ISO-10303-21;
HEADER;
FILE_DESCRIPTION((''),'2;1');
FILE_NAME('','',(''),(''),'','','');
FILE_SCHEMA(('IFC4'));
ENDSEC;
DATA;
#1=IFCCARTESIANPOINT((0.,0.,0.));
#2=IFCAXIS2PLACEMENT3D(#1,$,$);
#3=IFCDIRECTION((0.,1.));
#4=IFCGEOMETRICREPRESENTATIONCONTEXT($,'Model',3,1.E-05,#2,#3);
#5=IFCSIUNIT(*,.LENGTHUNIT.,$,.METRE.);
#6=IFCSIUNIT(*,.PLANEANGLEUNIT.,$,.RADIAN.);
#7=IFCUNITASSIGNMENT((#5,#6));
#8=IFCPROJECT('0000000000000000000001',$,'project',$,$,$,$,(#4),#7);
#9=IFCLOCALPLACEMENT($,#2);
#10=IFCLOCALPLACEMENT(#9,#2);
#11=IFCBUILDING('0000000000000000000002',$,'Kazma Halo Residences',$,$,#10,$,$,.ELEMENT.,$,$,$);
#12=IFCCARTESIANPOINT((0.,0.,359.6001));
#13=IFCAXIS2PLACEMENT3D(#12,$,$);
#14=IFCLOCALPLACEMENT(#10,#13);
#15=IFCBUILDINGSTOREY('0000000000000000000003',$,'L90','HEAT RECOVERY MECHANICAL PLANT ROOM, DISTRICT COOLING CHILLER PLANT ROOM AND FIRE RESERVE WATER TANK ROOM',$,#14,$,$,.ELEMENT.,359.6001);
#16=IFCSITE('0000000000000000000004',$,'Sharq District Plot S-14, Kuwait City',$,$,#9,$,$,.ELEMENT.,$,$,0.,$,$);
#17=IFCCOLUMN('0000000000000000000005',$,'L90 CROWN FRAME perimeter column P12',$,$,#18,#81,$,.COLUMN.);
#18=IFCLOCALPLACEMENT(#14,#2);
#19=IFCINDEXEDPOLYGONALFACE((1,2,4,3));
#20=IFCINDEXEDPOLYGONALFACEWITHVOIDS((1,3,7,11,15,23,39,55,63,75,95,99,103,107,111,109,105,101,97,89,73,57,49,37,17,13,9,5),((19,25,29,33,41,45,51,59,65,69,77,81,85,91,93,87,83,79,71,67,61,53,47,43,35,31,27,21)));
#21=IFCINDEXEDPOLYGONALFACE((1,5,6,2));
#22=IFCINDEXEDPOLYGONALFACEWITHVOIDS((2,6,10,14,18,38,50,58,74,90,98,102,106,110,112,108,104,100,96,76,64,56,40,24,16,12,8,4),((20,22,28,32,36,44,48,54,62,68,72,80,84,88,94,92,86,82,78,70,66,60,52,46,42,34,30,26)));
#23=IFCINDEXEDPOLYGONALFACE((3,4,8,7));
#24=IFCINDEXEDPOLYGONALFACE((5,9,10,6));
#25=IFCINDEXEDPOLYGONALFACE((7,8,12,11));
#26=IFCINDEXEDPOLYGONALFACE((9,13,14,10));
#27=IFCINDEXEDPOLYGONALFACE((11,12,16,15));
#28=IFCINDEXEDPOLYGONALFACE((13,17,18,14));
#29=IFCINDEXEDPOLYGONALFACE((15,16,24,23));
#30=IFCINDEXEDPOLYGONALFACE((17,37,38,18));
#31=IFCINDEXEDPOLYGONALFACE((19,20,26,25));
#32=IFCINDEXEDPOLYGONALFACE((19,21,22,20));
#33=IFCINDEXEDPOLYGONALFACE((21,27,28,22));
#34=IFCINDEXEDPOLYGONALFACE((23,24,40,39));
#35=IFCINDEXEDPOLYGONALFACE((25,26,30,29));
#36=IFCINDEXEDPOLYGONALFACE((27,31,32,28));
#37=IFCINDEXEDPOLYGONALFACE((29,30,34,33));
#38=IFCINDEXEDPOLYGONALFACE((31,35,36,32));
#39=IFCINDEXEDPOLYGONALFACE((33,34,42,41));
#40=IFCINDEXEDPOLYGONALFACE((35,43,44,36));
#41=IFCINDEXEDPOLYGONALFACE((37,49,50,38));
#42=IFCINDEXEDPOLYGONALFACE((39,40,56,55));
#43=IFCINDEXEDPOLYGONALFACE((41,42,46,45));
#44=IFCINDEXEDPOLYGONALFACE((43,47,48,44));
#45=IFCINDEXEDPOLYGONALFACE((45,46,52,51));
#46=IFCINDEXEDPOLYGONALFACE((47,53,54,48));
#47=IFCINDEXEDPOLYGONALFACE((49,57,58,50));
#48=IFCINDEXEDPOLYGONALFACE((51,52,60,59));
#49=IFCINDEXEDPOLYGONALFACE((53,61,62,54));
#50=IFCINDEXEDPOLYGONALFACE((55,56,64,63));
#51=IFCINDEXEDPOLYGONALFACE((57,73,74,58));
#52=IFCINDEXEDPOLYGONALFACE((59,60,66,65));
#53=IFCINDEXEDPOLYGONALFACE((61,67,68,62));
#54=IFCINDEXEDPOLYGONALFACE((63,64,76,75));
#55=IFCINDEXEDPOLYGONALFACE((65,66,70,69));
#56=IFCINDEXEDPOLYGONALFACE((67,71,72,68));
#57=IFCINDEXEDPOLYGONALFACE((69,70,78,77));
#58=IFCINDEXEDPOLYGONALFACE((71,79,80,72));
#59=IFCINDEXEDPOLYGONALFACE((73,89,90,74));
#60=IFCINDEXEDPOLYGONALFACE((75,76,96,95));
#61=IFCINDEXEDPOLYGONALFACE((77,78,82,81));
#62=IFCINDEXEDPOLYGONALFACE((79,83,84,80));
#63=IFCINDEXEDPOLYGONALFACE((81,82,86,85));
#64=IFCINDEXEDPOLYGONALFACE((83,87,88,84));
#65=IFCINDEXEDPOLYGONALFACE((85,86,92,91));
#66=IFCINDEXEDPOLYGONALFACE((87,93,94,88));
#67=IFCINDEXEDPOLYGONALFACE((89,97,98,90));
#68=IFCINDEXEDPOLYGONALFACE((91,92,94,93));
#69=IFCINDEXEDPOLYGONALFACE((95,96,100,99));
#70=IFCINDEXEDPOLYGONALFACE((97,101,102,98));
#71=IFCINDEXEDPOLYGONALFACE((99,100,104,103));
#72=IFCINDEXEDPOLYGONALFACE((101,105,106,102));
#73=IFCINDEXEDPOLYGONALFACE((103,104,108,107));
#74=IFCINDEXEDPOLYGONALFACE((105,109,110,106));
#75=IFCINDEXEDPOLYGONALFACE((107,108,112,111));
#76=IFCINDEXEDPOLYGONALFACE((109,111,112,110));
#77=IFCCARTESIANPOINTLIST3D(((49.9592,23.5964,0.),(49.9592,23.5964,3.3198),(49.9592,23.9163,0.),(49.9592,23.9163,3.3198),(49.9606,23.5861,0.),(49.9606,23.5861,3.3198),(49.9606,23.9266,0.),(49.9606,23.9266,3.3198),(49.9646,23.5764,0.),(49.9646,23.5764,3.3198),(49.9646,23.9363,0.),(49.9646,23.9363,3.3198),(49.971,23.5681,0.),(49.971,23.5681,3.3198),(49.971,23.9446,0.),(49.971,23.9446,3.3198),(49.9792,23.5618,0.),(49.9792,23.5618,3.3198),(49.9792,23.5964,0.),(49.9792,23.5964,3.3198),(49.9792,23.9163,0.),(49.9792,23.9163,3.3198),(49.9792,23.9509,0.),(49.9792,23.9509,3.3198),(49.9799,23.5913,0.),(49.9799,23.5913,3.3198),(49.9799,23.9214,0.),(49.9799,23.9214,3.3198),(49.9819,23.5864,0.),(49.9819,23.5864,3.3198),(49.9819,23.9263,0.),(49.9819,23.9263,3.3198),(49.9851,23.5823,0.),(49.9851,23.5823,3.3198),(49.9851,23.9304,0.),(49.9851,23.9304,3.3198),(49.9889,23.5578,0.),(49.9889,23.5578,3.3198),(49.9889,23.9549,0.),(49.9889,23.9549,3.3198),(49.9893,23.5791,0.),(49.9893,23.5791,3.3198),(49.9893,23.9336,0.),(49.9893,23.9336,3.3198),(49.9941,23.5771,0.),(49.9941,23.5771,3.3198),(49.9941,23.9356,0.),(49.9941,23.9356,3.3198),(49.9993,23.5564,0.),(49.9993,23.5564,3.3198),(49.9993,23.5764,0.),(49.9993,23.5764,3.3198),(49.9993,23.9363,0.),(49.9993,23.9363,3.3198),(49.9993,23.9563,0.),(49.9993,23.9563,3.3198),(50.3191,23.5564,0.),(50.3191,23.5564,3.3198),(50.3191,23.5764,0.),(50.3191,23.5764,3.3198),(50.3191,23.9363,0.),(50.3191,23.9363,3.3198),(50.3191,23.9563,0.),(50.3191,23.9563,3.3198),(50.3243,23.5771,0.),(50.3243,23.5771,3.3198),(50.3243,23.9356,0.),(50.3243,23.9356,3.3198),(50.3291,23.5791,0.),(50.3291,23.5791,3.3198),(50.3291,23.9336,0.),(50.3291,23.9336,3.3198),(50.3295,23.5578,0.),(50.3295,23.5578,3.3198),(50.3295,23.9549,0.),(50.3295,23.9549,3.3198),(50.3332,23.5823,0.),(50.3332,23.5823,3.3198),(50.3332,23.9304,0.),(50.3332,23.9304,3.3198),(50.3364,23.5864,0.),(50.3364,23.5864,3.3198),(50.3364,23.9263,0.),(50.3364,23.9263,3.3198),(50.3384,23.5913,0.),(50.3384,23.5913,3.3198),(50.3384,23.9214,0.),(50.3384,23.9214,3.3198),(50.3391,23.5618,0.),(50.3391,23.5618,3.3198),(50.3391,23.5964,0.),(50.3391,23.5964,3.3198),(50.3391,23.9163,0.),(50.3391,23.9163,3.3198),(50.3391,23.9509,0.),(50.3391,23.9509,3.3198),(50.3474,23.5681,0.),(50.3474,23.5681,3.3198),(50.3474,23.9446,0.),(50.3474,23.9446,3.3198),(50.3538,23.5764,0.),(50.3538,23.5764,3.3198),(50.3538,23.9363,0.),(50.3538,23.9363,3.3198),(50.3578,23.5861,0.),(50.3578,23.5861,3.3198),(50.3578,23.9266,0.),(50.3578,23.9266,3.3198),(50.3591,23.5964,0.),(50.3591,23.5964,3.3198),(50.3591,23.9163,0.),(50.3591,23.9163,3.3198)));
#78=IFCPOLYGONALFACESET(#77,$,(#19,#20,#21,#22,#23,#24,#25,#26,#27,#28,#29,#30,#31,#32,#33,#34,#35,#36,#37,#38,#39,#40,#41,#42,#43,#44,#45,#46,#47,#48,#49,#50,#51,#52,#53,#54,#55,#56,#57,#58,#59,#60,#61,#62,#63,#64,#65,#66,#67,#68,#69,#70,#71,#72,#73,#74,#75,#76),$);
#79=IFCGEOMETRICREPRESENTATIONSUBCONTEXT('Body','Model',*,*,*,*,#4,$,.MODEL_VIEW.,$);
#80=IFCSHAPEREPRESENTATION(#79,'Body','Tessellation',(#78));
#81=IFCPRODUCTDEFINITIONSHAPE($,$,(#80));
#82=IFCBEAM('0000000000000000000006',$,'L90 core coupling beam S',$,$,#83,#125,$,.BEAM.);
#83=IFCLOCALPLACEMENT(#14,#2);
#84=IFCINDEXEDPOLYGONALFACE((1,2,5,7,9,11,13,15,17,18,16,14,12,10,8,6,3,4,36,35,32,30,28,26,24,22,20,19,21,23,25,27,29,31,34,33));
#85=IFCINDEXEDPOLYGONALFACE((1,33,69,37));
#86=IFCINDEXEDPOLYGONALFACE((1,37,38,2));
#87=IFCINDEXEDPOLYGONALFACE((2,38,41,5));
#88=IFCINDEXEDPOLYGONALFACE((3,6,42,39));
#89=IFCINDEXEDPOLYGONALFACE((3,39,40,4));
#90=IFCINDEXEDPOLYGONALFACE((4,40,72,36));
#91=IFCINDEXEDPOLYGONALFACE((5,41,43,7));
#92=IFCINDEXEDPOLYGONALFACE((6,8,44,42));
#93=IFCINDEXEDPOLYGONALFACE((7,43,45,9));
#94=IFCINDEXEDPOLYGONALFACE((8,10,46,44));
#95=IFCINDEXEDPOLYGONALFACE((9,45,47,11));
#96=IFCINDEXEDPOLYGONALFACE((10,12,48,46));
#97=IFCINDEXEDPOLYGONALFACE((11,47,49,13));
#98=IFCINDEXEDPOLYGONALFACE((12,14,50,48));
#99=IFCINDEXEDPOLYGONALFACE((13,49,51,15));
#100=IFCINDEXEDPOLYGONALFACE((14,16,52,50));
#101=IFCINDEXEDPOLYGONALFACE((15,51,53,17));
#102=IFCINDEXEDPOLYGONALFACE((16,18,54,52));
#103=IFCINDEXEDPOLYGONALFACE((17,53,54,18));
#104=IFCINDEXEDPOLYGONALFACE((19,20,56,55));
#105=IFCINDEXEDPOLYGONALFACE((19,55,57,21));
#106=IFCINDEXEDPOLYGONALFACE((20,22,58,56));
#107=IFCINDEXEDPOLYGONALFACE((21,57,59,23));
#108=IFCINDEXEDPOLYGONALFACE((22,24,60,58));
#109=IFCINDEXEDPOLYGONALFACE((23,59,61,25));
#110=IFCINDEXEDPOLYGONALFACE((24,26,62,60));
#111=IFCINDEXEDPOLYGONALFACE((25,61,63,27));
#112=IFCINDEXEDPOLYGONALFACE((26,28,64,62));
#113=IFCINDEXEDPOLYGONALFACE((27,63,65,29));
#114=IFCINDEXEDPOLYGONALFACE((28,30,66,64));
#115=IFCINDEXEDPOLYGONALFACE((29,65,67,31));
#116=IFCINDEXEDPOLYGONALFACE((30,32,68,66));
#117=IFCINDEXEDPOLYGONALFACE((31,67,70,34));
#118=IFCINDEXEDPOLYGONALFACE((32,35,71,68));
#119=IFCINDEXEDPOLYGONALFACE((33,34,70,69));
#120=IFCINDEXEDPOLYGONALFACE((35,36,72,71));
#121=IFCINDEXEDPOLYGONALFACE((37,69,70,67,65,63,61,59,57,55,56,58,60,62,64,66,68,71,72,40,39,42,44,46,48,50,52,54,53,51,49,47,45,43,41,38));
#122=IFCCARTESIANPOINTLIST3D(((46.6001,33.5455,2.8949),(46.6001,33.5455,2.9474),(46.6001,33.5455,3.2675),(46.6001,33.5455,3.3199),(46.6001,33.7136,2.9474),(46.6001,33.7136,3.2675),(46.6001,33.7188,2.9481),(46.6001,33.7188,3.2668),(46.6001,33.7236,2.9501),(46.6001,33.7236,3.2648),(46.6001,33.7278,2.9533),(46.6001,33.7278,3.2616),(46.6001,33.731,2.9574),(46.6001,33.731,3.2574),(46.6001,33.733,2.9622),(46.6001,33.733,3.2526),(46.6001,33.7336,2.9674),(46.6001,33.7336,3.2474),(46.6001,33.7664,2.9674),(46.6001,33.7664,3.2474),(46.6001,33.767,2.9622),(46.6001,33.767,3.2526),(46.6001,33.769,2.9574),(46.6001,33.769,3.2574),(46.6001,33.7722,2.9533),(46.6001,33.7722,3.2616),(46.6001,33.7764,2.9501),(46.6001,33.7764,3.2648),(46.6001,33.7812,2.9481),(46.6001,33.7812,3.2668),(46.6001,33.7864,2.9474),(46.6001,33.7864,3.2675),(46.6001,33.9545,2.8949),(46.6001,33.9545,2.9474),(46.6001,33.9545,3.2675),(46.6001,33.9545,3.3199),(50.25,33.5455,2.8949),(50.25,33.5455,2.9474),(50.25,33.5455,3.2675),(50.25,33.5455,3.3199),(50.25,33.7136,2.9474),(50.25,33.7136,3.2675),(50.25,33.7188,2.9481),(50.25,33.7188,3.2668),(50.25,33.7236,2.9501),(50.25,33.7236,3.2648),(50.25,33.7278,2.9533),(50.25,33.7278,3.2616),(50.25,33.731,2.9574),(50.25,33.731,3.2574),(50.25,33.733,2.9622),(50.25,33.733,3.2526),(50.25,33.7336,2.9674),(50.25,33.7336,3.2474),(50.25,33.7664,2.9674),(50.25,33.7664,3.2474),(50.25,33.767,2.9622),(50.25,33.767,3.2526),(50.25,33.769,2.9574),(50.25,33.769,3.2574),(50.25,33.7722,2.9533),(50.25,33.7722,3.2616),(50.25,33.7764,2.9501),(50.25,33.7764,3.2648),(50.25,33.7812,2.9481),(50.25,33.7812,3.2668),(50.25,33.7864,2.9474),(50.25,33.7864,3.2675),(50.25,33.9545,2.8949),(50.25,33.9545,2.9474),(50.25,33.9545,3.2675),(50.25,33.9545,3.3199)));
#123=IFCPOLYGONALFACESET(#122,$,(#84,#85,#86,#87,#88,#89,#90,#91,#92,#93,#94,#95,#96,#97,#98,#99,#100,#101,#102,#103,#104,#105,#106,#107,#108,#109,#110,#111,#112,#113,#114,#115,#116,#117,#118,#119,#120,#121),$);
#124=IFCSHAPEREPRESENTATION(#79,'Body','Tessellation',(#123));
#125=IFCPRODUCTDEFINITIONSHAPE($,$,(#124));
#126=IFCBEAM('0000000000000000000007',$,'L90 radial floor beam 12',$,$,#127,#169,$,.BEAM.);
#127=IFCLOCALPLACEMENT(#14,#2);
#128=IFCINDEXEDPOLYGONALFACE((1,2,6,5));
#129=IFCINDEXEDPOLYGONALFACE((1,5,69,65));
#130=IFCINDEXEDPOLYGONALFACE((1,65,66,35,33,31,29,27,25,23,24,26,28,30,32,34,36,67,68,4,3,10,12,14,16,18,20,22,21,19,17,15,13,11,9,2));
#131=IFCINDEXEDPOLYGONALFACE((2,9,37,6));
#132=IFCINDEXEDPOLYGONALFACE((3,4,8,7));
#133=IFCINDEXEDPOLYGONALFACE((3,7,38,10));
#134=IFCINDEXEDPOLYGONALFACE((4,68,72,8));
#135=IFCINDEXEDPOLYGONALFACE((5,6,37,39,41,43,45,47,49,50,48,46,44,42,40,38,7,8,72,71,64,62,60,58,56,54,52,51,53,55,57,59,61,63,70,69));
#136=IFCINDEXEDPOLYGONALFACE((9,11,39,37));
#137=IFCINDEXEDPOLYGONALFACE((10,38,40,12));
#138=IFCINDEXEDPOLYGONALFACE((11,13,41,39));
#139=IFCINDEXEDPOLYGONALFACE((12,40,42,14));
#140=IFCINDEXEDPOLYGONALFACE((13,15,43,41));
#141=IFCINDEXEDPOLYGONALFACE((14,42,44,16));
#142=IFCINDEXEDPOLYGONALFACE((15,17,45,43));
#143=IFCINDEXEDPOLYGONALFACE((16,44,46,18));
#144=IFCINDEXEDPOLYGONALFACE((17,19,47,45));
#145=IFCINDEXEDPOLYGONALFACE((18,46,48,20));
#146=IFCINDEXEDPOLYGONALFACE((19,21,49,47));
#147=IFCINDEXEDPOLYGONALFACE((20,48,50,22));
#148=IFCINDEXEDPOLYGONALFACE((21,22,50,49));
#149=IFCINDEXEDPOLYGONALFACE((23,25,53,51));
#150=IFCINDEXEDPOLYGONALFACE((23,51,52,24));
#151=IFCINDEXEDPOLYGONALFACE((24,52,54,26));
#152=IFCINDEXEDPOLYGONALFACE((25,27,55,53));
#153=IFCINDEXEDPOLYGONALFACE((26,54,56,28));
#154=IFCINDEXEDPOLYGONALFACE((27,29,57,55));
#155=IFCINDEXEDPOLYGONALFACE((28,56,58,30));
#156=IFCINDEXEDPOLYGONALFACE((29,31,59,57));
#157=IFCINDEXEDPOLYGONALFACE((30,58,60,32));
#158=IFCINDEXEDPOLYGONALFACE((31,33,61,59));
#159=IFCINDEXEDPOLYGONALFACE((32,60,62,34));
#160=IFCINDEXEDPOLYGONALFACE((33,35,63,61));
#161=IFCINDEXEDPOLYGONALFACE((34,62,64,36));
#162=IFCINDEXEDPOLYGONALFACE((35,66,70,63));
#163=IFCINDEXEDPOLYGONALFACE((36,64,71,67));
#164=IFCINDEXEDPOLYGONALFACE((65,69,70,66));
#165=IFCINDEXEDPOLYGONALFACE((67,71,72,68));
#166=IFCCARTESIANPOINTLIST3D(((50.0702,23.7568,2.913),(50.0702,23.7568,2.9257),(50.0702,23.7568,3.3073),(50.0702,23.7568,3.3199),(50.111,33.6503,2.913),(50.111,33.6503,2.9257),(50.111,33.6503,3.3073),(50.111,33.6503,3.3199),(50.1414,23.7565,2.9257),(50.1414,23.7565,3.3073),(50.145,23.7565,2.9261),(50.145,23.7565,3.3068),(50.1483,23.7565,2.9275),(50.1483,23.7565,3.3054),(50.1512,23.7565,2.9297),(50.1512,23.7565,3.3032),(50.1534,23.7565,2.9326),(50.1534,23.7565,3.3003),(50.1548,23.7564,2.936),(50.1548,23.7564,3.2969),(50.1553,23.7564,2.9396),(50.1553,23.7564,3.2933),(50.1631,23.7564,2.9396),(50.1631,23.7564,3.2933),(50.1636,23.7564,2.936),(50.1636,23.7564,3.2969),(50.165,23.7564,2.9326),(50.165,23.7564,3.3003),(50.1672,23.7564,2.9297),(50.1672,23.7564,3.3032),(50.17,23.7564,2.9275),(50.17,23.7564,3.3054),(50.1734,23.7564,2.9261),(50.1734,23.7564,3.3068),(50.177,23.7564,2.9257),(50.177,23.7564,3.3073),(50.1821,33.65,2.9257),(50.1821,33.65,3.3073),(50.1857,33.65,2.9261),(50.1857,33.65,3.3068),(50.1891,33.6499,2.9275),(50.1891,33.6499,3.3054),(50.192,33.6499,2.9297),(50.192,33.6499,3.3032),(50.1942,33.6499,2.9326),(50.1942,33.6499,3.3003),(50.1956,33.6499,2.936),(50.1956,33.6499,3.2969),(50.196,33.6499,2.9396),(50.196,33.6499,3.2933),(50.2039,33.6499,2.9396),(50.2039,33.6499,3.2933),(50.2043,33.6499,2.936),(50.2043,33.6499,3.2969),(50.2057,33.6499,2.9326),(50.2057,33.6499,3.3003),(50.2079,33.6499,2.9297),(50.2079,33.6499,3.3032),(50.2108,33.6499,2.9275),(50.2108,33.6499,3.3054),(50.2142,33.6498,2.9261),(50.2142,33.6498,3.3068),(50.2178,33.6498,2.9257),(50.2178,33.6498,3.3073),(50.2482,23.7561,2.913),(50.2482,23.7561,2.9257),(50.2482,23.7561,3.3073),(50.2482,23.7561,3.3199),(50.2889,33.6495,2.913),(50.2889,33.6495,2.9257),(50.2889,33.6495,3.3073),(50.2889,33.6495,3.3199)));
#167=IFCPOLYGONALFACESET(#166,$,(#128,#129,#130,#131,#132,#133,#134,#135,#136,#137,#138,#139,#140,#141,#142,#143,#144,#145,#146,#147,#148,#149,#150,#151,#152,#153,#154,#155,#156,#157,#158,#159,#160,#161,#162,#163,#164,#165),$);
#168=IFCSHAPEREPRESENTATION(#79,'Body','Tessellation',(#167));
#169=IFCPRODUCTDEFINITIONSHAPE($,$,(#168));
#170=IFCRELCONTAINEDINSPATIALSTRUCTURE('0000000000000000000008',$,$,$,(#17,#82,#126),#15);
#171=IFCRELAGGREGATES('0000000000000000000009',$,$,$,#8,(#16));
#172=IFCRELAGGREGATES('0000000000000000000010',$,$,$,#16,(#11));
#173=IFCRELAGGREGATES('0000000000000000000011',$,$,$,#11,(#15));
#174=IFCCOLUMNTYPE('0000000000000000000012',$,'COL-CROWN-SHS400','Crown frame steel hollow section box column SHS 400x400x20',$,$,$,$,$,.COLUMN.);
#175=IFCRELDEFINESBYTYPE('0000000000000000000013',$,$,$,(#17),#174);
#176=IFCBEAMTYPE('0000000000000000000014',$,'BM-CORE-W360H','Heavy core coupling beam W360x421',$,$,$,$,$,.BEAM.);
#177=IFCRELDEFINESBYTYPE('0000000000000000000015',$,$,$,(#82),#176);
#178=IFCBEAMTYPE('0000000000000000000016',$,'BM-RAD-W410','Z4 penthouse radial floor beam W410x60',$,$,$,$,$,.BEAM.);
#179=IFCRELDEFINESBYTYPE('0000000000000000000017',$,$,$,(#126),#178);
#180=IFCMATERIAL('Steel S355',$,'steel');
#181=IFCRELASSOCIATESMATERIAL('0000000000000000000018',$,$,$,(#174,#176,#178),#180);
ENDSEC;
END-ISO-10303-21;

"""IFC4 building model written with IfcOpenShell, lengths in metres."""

from ifc_helpers import new_model, si_unit, direction, frame, origin, origin_2d, place, context, subcontext, project, spatial, hollow_rectangle, i_section, extrude, material, material_profile, profile_set, type_object, element, save


model = new_model("IFC4")

# Units and contexts
model_context = context("Model", 3, precision=1e-05, world=origin(), true_north=direction((0.0, 1.0)))
body_context = subcontext(model_context, "Body", "Model", "MODEL_VIEW")
ifc_project = project(units=[si_unit("LENGTHUNIT", "METRE"), si_unit("PLANEANGLEUNIT", "RADIAN")], contexts=[model_context])

# Site, building, storey
site_placement = place(None, origin())
site = spatial("IfcSite", under=ifc_project, at=site_placement, Name="Sharq District Plot S-14, Kuwait City", CompositionType="ELEMENT", RefElevation=0.0)
building_placement = place(site_placement, origin())
building = spatial("IfcBuilding", under=site, at=building_placement, Name="Kazma Halo Residences", CompositionType="ELEMENT")
storey_placement = place(building_placement, frame((0.0, 0.0, 359.6001)))
storey = spatial("IfcBuildingStorey", under=building, at=storey_placement, Name="L90", Description="HEAT RECOVERY MECHANICAL PLANT ROOM, DISTRICT COOLING CHILLER PLANT ROOM AND FIRE RESERVE WATER TANK ROOM", CompositionType="ELEMENT", Elevation=359.6001)

# Column
ifc_material_1 = material(Name="Steel S355", Category="steel")
ifc_material_profile_1 = material_profile(ifc_material_1, hollow_rectangle(XDim=0.3999, YDim=0.3999, WallThickness=0.02, InnerFilletRadius=0.02, OuterFilletRadius=0.04, at=origin_2d()), Name="SHS400x400x20")
ifc_profile_set_1 = profile_set([ifc_material_profile_1], Name="Steel S355")
column_type = type_object("IfcColumnType", Name="COL-CROWN-SHS400", Description="Crown frame steel hollow section box column SHS 400x400x20", PredefinedType="COLUMN", material=ifc_profile_set_1)
column_placement = place(storey_placement, frame((50.1592, 23.7563, 0.0), z_axis=(0.0, 0.0, 1.0), x_axis=(1.0, 0.0, 0.0)))
element("IfcColumn", 1, at=column_placement, inside=storey, type_object=column_type, Name="L90 CROWN FRAME perimeter column P12", PredefinedType="COLUMN", context=body_context, shape_type="SweptSolid", body=[
    extrude(hollow_rectangle(XDim=0.3999, YDim=0.3999, WallThickness=0.02, InnerFilletRadius=0.02, OuterFilletRadius=0.04, at=origin_2d()), origin(), (0.0, 0.0, 1.0), 3.3198),
])

# Beams
ifc_material_profile_2 = material_profile(ifc_material_1, i_section(OverallWidth=0.4089, OverallDepth=0.425, WebThickness=0.0327, FlangeThickness=0.0525, FilletRadius=0.02, at=origin_2d()), Name="W360x421")
ifc_profile_set_2 = profile_set([ifc_material_profile_2], Name="Steel S355")
beam_type_1 = type_object("IfcBeamType", Name="BM-CORE-W360H", Description="Heavy core coupling beam W360x421", PredefinedType="BEAM", material=ifc_profile_set_2)
beam_1_placement = place(storey_placement, frame((46.6001, 33.75, 3.1074), z_axis=(1.0, 0.0, 0.0), x_axis=(0.0, 1.0, 0.0)))
element("IfcBeam", 2, at=beam_1_placement, inside=storey, type_object=beam_type_1, Name="L90 core coupling beam S", PredefinedType="BEAM", context=body_context, shape_type="SweptSolid", body=[
    extrude(i_section(OverallWidth=0.4089, OverallDepth=0.425, WebThickness=0.0327, FlangeThickness=0.0525, FilletRadius=0.02, at=origin_2d()), origin(), (0.0, 0.0, 1.0), 3.6499),
])
ifc_material_profile_3 = material_profile(ifc_material_1, i_section(OverallWidth=0.178, OverallDepth=0.407, WebThickness=0.0078, FlangeThickness=0.0127, FilletRadius=0.0139, at=origin_2d()), Name="W410x60")
ifc_profile_set_3 = profile_set([ifc_material_profile_3], Name="Steel S355")
beam_type_2 = type_object("IfcBeamType", Name="BM-RAD-W410", Description="Z4 penthouse radial floor beam W410x60", PredefinedType="BEAM", material=ifc_profile_set_3)
beam_2_placement = place(storey_placement, frame((50.2, 33.6499, 3.1165), z_axis=(-0.004121, -0.999992, 0.0), x_axis=(0.999992, -0.004121, 0.0)))
element("IfcBeam", 3, at=beam_2_placement, inside=storey, type_object=beam_type_2, Name="L90 radial floor beam 12", PredefinedType="BEAM", context=body_context, shape_type="SweptSolid", body=[
    extrude(i_section(OverallWidth=0.178, OverallDepth=0.407, WebThickness=0.0078, FlangeThickness=0.0127, FilletRadius=0.0139, at=origin_2d()), origin(), (0.0, 0.0, 1.0), 9.8936),
])

save(model, "model.ifc")
